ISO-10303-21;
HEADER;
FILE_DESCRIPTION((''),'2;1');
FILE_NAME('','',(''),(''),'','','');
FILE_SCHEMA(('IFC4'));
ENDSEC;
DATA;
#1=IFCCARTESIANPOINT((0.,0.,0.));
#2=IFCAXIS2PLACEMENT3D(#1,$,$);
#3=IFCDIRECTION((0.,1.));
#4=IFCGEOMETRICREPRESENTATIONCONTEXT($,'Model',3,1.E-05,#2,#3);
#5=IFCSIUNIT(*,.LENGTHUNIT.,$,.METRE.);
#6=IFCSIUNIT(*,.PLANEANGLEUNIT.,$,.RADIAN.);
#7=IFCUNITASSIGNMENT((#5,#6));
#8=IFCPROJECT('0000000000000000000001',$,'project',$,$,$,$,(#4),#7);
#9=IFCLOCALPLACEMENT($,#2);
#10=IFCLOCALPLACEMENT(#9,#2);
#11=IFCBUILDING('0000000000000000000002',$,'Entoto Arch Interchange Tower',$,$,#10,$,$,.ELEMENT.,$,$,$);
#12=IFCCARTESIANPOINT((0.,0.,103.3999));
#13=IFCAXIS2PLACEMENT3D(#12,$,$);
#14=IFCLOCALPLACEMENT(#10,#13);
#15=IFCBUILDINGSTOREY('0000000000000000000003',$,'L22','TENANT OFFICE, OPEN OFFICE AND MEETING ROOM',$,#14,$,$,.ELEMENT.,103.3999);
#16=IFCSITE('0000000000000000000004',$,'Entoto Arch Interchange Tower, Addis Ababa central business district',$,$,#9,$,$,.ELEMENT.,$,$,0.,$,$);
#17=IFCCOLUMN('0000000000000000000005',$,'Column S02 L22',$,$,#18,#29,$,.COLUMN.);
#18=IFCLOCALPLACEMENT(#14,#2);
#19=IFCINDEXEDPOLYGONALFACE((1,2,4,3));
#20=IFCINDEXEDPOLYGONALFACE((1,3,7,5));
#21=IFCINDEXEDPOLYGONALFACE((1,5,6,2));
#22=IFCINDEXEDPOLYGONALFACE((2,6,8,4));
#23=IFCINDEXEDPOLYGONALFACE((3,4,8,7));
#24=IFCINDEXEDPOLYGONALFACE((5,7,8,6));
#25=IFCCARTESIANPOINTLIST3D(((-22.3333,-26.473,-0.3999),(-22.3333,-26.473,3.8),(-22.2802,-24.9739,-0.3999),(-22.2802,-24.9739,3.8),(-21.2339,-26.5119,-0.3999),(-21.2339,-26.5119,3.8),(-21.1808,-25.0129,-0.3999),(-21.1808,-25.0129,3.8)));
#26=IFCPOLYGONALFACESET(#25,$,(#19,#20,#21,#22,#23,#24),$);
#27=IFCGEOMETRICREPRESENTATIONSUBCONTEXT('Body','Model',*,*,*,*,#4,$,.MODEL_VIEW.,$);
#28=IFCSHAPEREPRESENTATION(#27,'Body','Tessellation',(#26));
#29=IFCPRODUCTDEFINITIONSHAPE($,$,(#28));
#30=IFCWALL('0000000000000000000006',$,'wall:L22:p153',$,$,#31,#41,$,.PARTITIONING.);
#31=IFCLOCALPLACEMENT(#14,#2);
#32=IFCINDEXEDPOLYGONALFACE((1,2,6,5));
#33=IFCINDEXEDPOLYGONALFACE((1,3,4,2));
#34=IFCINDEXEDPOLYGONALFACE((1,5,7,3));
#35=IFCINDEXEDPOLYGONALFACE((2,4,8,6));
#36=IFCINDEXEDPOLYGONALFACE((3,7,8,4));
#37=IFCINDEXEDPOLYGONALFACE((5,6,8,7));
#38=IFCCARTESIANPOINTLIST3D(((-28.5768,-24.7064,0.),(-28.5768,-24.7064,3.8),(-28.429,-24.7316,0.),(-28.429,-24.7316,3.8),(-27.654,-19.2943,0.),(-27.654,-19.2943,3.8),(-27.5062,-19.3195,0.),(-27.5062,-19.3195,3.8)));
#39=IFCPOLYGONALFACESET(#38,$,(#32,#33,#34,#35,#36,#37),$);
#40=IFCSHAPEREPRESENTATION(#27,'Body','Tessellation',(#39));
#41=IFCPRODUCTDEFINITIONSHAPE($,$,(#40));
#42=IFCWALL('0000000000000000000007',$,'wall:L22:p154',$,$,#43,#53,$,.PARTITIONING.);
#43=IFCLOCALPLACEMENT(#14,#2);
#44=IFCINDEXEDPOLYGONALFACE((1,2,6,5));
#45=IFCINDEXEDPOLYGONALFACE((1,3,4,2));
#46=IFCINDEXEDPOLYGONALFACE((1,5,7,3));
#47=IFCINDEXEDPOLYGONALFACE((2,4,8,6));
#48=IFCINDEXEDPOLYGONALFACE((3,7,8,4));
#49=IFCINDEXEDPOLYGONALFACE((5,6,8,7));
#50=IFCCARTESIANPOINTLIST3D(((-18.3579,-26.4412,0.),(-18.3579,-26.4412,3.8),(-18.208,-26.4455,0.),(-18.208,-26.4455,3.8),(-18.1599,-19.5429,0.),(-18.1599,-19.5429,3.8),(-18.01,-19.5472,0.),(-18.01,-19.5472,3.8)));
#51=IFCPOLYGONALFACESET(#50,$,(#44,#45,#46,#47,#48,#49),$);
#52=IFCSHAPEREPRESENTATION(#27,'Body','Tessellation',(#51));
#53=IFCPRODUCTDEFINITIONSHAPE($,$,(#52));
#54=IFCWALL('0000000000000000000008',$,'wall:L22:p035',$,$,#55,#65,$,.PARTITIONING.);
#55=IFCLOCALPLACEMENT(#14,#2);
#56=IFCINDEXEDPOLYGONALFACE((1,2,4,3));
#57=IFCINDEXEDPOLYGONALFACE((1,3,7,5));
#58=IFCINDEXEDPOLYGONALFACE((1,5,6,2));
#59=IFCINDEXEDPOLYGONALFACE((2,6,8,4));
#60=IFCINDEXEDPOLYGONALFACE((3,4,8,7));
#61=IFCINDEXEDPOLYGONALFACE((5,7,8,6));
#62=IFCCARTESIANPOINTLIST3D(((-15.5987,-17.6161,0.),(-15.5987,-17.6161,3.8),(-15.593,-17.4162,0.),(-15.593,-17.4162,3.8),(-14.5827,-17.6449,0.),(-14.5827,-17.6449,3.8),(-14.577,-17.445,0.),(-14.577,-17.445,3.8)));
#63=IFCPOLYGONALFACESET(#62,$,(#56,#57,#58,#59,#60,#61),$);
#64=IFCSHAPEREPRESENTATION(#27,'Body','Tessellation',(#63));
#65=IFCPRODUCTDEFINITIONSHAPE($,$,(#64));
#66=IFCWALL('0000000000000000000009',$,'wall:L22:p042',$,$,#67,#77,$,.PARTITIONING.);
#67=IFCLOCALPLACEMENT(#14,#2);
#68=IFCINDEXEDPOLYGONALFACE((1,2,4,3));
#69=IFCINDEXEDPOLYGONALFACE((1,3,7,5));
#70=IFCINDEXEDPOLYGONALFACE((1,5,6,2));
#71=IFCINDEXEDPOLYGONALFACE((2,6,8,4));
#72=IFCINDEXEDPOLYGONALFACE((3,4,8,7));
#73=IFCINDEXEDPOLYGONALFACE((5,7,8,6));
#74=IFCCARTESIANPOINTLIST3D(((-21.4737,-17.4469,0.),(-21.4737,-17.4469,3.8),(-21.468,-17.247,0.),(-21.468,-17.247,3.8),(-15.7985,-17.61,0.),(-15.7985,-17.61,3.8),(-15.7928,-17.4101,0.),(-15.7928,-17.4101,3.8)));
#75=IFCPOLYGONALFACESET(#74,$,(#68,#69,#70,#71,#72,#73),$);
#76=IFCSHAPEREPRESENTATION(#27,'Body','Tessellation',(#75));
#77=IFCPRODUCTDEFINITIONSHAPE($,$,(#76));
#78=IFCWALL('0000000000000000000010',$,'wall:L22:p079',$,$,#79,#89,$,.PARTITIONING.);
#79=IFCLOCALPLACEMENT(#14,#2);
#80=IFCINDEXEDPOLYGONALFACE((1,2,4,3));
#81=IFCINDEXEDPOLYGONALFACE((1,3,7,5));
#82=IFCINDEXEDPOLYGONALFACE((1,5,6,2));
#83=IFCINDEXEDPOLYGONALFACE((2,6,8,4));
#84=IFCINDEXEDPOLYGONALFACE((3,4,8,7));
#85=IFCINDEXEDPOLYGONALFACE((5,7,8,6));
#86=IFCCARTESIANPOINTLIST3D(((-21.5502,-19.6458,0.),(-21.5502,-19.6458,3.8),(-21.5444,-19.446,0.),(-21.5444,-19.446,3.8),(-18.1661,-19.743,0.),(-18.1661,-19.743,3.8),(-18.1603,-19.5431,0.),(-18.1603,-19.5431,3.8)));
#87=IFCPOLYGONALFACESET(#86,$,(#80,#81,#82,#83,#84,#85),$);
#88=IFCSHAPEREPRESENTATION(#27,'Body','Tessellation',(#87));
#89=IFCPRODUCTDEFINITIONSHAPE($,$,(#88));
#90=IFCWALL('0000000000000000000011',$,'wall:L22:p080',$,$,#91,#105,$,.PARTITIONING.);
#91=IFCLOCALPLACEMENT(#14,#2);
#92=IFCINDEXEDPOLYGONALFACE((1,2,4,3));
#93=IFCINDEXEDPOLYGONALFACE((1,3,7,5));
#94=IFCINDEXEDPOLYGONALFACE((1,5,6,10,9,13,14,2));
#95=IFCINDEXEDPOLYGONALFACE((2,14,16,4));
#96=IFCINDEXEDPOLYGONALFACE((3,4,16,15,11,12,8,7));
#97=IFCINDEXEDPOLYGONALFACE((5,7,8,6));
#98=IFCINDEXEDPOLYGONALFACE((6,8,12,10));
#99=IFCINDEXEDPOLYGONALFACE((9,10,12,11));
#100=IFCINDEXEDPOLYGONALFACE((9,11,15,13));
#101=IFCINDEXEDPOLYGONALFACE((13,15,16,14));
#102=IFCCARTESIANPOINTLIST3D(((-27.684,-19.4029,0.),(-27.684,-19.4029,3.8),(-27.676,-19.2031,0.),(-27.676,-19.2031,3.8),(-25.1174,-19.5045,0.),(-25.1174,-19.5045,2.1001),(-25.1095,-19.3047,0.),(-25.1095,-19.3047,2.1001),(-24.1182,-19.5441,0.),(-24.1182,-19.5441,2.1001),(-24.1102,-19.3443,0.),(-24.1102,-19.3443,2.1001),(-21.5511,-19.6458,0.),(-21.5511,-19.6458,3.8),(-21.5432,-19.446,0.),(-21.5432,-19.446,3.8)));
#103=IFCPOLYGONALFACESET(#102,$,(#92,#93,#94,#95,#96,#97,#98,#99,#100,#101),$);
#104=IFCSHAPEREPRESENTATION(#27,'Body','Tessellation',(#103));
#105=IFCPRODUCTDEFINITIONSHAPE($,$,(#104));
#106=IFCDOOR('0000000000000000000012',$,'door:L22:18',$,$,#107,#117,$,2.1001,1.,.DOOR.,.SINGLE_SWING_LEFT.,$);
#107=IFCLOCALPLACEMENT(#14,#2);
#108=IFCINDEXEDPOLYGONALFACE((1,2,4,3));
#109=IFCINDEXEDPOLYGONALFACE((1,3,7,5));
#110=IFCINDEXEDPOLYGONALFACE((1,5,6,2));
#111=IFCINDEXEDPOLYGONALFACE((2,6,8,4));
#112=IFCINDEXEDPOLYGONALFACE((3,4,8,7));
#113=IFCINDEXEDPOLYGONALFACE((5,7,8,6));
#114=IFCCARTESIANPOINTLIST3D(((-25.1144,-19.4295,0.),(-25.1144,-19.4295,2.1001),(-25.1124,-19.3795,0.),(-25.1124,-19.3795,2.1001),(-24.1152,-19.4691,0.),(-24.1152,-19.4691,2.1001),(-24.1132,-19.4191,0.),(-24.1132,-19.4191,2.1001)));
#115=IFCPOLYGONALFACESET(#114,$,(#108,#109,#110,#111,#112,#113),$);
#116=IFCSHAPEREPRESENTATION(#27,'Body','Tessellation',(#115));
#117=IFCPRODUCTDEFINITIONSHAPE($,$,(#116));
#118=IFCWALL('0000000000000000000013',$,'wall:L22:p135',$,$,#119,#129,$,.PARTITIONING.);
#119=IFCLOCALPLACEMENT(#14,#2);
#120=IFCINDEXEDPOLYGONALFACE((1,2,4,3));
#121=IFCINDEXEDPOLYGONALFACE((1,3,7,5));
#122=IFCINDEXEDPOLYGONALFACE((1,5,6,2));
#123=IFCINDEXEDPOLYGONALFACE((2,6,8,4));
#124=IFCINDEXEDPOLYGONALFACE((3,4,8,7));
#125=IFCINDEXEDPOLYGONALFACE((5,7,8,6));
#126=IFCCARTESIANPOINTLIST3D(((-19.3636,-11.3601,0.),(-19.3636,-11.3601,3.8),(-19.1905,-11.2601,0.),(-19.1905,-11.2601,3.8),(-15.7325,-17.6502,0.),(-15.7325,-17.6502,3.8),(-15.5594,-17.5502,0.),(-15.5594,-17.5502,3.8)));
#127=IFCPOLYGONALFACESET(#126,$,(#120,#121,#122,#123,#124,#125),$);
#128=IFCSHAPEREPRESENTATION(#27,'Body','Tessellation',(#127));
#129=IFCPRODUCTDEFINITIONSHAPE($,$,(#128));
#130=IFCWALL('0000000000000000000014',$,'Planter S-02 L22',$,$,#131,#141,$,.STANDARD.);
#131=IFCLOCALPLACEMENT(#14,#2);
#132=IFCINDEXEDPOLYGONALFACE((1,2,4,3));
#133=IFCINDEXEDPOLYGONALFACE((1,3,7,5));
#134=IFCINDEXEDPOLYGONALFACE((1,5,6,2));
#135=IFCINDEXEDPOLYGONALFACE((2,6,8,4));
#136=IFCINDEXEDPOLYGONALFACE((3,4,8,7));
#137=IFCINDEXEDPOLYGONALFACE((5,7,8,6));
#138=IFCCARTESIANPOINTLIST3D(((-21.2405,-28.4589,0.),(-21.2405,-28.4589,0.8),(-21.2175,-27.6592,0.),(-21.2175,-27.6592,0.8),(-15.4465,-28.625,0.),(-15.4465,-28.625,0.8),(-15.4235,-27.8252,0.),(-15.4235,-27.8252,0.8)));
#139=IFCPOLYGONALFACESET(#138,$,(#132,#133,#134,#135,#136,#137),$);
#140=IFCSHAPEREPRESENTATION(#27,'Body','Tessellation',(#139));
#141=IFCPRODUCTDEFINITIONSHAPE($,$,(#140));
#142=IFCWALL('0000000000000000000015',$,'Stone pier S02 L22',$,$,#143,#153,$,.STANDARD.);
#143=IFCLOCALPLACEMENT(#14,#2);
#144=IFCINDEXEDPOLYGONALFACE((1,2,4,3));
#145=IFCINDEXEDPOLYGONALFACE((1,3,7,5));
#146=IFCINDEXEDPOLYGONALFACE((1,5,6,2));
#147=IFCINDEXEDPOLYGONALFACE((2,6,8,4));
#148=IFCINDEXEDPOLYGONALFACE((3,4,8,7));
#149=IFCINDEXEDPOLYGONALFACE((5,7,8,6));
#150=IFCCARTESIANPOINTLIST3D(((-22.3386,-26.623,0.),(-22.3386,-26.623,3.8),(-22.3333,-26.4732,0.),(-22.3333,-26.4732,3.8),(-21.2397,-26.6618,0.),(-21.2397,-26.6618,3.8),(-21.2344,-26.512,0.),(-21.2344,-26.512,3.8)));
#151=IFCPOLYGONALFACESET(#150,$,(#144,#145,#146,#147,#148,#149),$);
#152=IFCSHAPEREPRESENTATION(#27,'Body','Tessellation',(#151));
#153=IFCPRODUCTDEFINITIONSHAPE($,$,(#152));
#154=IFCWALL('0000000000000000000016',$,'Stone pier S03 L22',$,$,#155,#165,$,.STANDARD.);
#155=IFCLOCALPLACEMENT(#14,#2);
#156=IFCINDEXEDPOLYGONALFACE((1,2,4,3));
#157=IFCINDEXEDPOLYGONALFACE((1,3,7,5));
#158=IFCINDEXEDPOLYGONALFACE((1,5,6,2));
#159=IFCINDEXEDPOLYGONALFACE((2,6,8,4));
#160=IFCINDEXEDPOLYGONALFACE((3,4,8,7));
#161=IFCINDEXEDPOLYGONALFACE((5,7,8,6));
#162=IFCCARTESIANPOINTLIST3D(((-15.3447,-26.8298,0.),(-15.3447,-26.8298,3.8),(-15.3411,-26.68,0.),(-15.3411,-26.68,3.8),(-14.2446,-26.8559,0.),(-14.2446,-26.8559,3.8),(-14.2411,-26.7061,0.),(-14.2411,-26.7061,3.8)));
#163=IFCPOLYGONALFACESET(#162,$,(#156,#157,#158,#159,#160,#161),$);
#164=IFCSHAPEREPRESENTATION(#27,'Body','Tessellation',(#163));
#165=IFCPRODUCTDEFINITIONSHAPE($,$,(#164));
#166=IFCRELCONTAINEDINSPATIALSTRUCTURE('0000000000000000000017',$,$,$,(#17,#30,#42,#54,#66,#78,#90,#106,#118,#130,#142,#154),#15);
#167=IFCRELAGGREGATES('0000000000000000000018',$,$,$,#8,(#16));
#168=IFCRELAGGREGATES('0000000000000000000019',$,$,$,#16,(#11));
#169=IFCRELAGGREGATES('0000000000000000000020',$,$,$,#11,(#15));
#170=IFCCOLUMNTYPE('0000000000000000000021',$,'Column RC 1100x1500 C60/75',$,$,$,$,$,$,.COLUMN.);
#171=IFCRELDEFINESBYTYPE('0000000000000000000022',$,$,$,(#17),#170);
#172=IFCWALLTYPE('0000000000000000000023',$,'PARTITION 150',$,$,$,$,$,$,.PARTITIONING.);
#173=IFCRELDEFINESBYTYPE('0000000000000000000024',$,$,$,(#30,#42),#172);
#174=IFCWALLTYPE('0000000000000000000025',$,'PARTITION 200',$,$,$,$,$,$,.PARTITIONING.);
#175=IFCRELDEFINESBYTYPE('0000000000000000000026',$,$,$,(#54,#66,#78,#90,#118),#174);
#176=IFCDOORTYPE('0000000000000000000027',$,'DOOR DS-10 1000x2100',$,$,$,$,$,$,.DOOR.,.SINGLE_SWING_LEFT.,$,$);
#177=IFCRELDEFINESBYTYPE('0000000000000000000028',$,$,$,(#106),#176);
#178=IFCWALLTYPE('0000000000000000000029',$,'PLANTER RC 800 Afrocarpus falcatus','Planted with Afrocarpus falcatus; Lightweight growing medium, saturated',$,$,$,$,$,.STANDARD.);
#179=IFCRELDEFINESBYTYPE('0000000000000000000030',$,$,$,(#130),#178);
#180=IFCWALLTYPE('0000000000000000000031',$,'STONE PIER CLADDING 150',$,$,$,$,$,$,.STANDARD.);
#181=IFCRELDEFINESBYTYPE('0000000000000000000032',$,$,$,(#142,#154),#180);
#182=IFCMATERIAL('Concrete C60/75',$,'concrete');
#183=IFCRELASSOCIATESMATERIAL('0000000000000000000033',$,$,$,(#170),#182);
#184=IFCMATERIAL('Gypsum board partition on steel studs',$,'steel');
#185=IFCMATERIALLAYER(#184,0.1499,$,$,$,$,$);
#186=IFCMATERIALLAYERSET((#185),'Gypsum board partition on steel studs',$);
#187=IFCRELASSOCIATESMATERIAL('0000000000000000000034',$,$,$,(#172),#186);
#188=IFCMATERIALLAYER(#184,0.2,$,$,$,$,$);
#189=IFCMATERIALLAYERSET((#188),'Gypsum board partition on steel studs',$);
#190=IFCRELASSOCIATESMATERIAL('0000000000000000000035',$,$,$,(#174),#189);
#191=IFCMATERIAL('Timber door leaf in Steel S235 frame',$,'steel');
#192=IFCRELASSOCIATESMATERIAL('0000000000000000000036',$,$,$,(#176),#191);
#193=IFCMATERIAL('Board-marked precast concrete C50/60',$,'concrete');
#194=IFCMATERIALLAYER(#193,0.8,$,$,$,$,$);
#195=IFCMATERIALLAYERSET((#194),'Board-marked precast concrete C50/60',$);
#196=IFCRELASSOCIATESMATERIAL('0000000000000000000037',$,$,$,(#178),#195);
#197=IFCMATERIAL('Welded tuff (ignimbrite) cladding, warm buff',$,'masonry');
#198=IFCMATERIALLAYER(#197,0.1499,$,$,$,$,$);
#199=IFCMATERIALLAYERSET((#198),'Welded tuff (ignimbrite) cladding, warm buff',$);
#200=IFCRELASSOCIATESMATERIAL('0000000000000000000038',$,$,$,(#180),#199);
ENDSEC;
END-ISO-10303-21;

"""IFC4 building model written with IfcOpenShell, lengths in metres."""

from ifc_helpers import new_model, si_unit, direction, frame, frame_2d, origin, origin_2d, place, context, subcontext, project, spatial, rectangle, extrude, material, layer, layer_set, material_profile, profile_set, type_object, element, fill, save


model = new_model("IFC4")

# Units and contexts
model_context = context("Model", 3, precision=1e-05, world=origin(), true_north=direction((0.0, 1.0)))
body_context = subcontext(model_context, "Body", "Model", "MODEL_VIEW")
ifc_project = project(units=[si_unit("LENGTHUNIT", "METRE"), si_unit("PLANEANGLEUNIT", "RADIAN")], contexts=[model_context])

# Site, building, storey
site_placement = place(None, origin())
site = spatial("IfcSite", under=ifc_project, at=site_placement, Name="Entoto Arch Interchange Tower, Addis Ababa central business district", CompositionType="ELEMENT", RefElevation=0.0)
building_placement = place(site_placement, origin())
building = spatial("IfcBuilding", under=site, at=building_placement, Name="Entoto Arch Interchange Tower", CompositionType="ELEMENT")
storey_placement = place(building_placement, frame((0.0, 0.0, 103.3999)))
storey = spatial("IfcBuildingStorey", under=building, at=storey_placement, Name="L22", Description="TENANT OFFICE, OPEN OFFICE AND MEETING ROOM", CompositionType="ELEMENT", Elevation=103.3999)

# Column
ifc_material_1 = material(Name="Concrete C60/75", Category="concrete")
ifc_material_profile = material_profile(ifc_material_1, rectangle(XDim=1.1001, YDim=1.5, at=origin_2d()))
ifc_profile_set = profile_set([ifc_material_profile], Name="Concrete C60/75")
column_type = type_object("IfcColumnType", Name="Column RC 1100x1500 C60/75", PredefinedType="COLUMN", material=ifc_profile_set)
column_placement = place(storey_placement, frame((-21.7571, -25.7429, -0.3999), z_axis=(0.0, 0.0, 1.0), x_axis=(-0.999374, 0.035388, 0.0)))
element("IfcColumn", 1, at=column_placement, inside=storey, type_object=column_type, Name="Column S02 L22", PredefinedType="COLUMN", context=body_context, shape_type="SweptSolid", body=[
    extrude(rectangle(XDim=1.1001, YDim=1.5, at=origin_2d()), origin(), (0.0, 0.0, 1.0), 4.2),
])

# Walls
ifc_material_2 = material(Name="Gypsum board partition on steel studs", Category="steel")
ifc_layer_1 = layer(ifc_material_2, 0.1499)
ifc_layer_set_1 = layer_set([ifc_layer_1], Name="Gypsum board partition on steel studs")
wall_type_1 = type_object("IfcWallType", Name="PARTITION 150", PredefinedType="PARTITIONING", material=ifc_layer_set_1)
wall_1_placement = place(storey_placement, frame((-27.5801, -19.3069, 0.0), z_axis=(0.0, 0.0, 1.0), x_axis=(-0.16809, -0.985772, 0.0)))
element("IfcWall", 2, at=wall_1_placement, inside=storey, type_object=wall_type_1, Name="wall:L22:p153", PredefinedType="PARTITIONING", context=body_context, shape_type="SweptSolid", body=[
    extrude(rectangle(XDim=5.4902, YDim=0.1499, at=frame_2d((2.7451, 0.0))), origin(), (0.0, 0.0, 1.0), 3.8),
])
wall_2_placement = place(storey_placement, frame((-18.085, -19.5449, 0.0), z_axis=(0.0, 0.0, 1.0), x_axis=(-0.028691, -0.999588, 0.0)))
element("IfcWall", 3, at=wall_2_placement, inside=storey, type_object=wall_type_1, Name="wall:L22:p154", PredefinedType="PARTITIONING", context=body_context, shape_type="SweptSolid", body=[
    extrude(rectangle(XDim=6.9011, YDim=0.1499, at=frame_2d((3.4507, 0.0))), origin(), (0.0, 0.0, 1.0), 3.8),
])
ifc_layer_2 = layer(ifc_material_2, 0.2)
ifc_layer_set_2 = layer_set([ifc_layer_2], Name="Gypsum board partition on steel studs")
wall_type_2 = type_object("IfcWallType", Name="PARTITION 200", PredefinedType="PARTITIONING", material=ifc_layer_set_2)
wall_3_placement = place(storey_placement, frame((-15.5959, -17.5161, 0.0), z_axis=(0.0, 0.0, 1.0), x_axis=(0.999598, -0.028347, 0.0)))
element("IfcWall", 4, at=wall_3_placement, inside=storey, type_object=wall_type_2, Name="wall:L22:p035", PredefinedType="PARTITIONING", context=body_context, shape_type="SweptSolid", body=[
    extrude(rectangle(XDim=1.0164, YDim=0.2, at=frame_2d((0.5083, 0.0))), origin(), (0.0, 0.0, 1.0), 3.8),
])
wall_4_placement = place(storey_placement, frame((-21.4709, -17.3469, 0.0), z_axis=(0.0, 0.0, 1.0), x_axis=(0.999587, -0.028726, 0.0)))
element("IfcWall", 5, at=wall_4_placement, inside=storey, type_object=wall_type_2, Name="wall:L22:p042", PredefinedType="PARTITIONING", context=body_context, shape_type="SweptSolid", body=[
    extrude(rectangle(XDim=5.6775, YDim=0.2, at=frame_2d((2.8389, 0.0))), origin(), (0.0, 0.0, 1.0), 3.8),
])
wall_5_placement = place(storey_placement, frame((-18.1631, -19.6431, 0.0), z_axis=(0.0, 0.0, 1.0), x_axis=(-0.999588, 0.028702, 0.0)))
element("IfcWall", 6, at=wall_5_placement, inside=storey, type_object=wall_type_2, Name="wall:L22:p079", PredefinedType="PARTITIONING", context=body_context, shape_type="SweptSolid", body=[
    extrude(rectangle(XDim=3.3855, YDim=0.2, at=frame_2d((1.6929, 0.0))), origin(), (0.0, 0.0, 1.0), 3.8),
])

# Wall, opening, door
wall_6_placement = place(storey_placement, frame((-21.5471, -19.5459, 0.0), z_axis=(0.0, 0.0, 1.0), x_axis=(-0.999216, 0.039579, 0.0)))
wall_6 = element("IfcWall", 7, at=wall_6_placement, inside=storey, type_object=wall_type_2, Name="wall:L22:p080", PredefinedType="PARTITIONING", context=body_context, shape_type="SweptSolid", body=[
    extrude(rectangle(XDim=6.1377, YDim=0.2, at=frame_2d((3.0688, 0.0))), origin(), (0.0, 0.0, 1.0), 3.8),
])
opening_1_placement = place(wall_6_placement, frame((2.5691, 0.0, 0.0)))
opening_1 = element("IfcOpeningElement", 8, at=opening_1_placement, cuts=wall_6, PredefinedType="OPENING", context=body_context, shape_type="SweptSolid", body=[
    extrude(rectangle(XDim=1.0, YDim=2.1001, at=frame_2d((0.5, 1.05))), frame((0.0, 0.1099, 0.0), z_axis=(0.0, -1.0, 0.0), x_axis=(1.0, 0.0, 0.0)), (0.0, 0.0, 1.0), 0.22),
])
ifc_material_3 = material(Name="Timber door leaf in Steel S235 frame", Category="steel")
door_type_1 = type_object("IfcDoorType", Name="DOOR DS-10 1000x2100", OperationType="SINGLE_SWING_LEFT", PredefinedType="DOOR", material=ifc_material_3)
door_1_placement = place(opening_1_placement, origin())
door_1 = element("IfcDoor", 9, at=door_1_placement, inside=storey, type_object=door_type_1, Name="door:L22:18", OperationType="SINGLE_SWING_LEFT", OverallHeight=2.1001, OverallWidth=1.0, PredefinedType="DOOR", context=body_context, shape_type="SweptSolid", body=[
    extrude(rectangle(XDim=1.0, YDim=2.1001, at=frame_2d((0.5, 1.05))), frame((0.0, 0.0249, 0.0), z_axis=(0.0, -1.0, 0.0), x_axis=(1.0, 0.0, 0.0)), (0.0, 0.0, 1.0), 0.05),
])
fill(opening_1, door_1)

# Walls
wall_7_placement = place(storey_placement, frame((-15.646, -17.6001, 0.0), z_axis=(0.0, 0.0, 1.0), x_axis=(-0.499953, 0.866052, 0.0)))
element("IfcWall", 10, at=wall_7_placement, inside=storey, type_object=wall_type_2, Name="wall:L22:p135", PredefinedType="PARTITIONING", context=body_context, shape_type="SweptSolid", body=[
    extrude(rectangle(XDim=7.2629, YDim=0.2, at=frame_2d((3.6313, 0.0))), origin(), (0.0, 0.0, 1.0), 3.8),
])
ifc_material_4 = material(Name="Board-marked precast concrete C50/60", Category="concrete")
ifc_layer_3 = layer(ifc_material_4, 0.8)
ifc_layer_set_3 = layer_set([ifc_layer_3], Name="Board-marked precast concrete C50/60")
wall_type_3 = type_object("IfcWallType", Name="PLANTER RC 800 Afrocarpus falcatus", Description="Planted with Afrocarpus falcatus; Lightweight growing medium, saturated", PredefinedType="STANDARD", material=ifc_layer_set_3)
wall_8_placement = place(storey_placement, frame((-21.229, -28.0591, 0.0), z_axis=(0.0, 0.0, 1.0), x_axis=(0.99959, -0.028642, 0.0)))
element("IfcWall", 11, at=wall_8_placement, inside=storey, type_object=wall_type_3, Name="Planter S-02 L22", PredefinedType="STANDARD", context=body_context, shape_type="SweptSolid", body=[
    extrude(rectangle(XDim=5.7964, YDim=0.8, at=frame_2d((2.8982, 0.0))), origin(), (0.0, 0.0, 1.0), 0.8),
])

# Shared definitions
ifc_material_5 = material(Name="Welded tuff (ignimbrite) cladding, warm buff", Category="masonry")

# Walls
ifc_layer_4 = layer(ifc_material_5, 0.1499)
ifc_layer_set_4 = layer_set([ifc_layer_4], Name="Welded tuff (ignimbrite) cladding, warm buff")
wall_type_4 = type_object("IfcWallType", Name="STONE PIER CLADDING 150", PredefinedType="STANDARD", material=ifc_layer_set_4)
wall_9_placement = place(storey_placement, frame((-22.3359, -26.5481, 0.0), z_axis=(0.0, 0.0, 1.0), x_axis=(0.999377, -0.035303, 0.0)))
element("IfcWall", 12, at=wall_9_placement, inside=storey, type_object=wall_type_4, Name="Stone pier S02 L22", PredefinedType="STANDARD", context=body_context, shape_type="SweptSolid", body=[
    extrude(rectangle(XDim=1.0996, YDim=0.1499, at=frame_2d((0.5498, 0.0))), origin(), (0.0, 0.0, 1.0), 3.8),
])
wall_10_placement = place(storey_placement, frame((-15.343, -26.7549, 0.0), z_axis=(0.0, 0.0, 1.0), x_axis=(0.999718, -0.023739, 0.0)))
element("IfcWall", 13, at=wall_10_placement, inside=storey, type_object=wall_type_4, Name="Stone pier S03 L22", PredefinedType="STANDARD", context=body_context, shape_type="SweptSolid", body=[
    extrude(rectangle(XDim=1.1003, YDim=0.1499, at=frame_2d((0.5503, 0.0))), origin(), (0.0, 0.0, 1.0), 3.8),
])

save(model, "model.ifc")
